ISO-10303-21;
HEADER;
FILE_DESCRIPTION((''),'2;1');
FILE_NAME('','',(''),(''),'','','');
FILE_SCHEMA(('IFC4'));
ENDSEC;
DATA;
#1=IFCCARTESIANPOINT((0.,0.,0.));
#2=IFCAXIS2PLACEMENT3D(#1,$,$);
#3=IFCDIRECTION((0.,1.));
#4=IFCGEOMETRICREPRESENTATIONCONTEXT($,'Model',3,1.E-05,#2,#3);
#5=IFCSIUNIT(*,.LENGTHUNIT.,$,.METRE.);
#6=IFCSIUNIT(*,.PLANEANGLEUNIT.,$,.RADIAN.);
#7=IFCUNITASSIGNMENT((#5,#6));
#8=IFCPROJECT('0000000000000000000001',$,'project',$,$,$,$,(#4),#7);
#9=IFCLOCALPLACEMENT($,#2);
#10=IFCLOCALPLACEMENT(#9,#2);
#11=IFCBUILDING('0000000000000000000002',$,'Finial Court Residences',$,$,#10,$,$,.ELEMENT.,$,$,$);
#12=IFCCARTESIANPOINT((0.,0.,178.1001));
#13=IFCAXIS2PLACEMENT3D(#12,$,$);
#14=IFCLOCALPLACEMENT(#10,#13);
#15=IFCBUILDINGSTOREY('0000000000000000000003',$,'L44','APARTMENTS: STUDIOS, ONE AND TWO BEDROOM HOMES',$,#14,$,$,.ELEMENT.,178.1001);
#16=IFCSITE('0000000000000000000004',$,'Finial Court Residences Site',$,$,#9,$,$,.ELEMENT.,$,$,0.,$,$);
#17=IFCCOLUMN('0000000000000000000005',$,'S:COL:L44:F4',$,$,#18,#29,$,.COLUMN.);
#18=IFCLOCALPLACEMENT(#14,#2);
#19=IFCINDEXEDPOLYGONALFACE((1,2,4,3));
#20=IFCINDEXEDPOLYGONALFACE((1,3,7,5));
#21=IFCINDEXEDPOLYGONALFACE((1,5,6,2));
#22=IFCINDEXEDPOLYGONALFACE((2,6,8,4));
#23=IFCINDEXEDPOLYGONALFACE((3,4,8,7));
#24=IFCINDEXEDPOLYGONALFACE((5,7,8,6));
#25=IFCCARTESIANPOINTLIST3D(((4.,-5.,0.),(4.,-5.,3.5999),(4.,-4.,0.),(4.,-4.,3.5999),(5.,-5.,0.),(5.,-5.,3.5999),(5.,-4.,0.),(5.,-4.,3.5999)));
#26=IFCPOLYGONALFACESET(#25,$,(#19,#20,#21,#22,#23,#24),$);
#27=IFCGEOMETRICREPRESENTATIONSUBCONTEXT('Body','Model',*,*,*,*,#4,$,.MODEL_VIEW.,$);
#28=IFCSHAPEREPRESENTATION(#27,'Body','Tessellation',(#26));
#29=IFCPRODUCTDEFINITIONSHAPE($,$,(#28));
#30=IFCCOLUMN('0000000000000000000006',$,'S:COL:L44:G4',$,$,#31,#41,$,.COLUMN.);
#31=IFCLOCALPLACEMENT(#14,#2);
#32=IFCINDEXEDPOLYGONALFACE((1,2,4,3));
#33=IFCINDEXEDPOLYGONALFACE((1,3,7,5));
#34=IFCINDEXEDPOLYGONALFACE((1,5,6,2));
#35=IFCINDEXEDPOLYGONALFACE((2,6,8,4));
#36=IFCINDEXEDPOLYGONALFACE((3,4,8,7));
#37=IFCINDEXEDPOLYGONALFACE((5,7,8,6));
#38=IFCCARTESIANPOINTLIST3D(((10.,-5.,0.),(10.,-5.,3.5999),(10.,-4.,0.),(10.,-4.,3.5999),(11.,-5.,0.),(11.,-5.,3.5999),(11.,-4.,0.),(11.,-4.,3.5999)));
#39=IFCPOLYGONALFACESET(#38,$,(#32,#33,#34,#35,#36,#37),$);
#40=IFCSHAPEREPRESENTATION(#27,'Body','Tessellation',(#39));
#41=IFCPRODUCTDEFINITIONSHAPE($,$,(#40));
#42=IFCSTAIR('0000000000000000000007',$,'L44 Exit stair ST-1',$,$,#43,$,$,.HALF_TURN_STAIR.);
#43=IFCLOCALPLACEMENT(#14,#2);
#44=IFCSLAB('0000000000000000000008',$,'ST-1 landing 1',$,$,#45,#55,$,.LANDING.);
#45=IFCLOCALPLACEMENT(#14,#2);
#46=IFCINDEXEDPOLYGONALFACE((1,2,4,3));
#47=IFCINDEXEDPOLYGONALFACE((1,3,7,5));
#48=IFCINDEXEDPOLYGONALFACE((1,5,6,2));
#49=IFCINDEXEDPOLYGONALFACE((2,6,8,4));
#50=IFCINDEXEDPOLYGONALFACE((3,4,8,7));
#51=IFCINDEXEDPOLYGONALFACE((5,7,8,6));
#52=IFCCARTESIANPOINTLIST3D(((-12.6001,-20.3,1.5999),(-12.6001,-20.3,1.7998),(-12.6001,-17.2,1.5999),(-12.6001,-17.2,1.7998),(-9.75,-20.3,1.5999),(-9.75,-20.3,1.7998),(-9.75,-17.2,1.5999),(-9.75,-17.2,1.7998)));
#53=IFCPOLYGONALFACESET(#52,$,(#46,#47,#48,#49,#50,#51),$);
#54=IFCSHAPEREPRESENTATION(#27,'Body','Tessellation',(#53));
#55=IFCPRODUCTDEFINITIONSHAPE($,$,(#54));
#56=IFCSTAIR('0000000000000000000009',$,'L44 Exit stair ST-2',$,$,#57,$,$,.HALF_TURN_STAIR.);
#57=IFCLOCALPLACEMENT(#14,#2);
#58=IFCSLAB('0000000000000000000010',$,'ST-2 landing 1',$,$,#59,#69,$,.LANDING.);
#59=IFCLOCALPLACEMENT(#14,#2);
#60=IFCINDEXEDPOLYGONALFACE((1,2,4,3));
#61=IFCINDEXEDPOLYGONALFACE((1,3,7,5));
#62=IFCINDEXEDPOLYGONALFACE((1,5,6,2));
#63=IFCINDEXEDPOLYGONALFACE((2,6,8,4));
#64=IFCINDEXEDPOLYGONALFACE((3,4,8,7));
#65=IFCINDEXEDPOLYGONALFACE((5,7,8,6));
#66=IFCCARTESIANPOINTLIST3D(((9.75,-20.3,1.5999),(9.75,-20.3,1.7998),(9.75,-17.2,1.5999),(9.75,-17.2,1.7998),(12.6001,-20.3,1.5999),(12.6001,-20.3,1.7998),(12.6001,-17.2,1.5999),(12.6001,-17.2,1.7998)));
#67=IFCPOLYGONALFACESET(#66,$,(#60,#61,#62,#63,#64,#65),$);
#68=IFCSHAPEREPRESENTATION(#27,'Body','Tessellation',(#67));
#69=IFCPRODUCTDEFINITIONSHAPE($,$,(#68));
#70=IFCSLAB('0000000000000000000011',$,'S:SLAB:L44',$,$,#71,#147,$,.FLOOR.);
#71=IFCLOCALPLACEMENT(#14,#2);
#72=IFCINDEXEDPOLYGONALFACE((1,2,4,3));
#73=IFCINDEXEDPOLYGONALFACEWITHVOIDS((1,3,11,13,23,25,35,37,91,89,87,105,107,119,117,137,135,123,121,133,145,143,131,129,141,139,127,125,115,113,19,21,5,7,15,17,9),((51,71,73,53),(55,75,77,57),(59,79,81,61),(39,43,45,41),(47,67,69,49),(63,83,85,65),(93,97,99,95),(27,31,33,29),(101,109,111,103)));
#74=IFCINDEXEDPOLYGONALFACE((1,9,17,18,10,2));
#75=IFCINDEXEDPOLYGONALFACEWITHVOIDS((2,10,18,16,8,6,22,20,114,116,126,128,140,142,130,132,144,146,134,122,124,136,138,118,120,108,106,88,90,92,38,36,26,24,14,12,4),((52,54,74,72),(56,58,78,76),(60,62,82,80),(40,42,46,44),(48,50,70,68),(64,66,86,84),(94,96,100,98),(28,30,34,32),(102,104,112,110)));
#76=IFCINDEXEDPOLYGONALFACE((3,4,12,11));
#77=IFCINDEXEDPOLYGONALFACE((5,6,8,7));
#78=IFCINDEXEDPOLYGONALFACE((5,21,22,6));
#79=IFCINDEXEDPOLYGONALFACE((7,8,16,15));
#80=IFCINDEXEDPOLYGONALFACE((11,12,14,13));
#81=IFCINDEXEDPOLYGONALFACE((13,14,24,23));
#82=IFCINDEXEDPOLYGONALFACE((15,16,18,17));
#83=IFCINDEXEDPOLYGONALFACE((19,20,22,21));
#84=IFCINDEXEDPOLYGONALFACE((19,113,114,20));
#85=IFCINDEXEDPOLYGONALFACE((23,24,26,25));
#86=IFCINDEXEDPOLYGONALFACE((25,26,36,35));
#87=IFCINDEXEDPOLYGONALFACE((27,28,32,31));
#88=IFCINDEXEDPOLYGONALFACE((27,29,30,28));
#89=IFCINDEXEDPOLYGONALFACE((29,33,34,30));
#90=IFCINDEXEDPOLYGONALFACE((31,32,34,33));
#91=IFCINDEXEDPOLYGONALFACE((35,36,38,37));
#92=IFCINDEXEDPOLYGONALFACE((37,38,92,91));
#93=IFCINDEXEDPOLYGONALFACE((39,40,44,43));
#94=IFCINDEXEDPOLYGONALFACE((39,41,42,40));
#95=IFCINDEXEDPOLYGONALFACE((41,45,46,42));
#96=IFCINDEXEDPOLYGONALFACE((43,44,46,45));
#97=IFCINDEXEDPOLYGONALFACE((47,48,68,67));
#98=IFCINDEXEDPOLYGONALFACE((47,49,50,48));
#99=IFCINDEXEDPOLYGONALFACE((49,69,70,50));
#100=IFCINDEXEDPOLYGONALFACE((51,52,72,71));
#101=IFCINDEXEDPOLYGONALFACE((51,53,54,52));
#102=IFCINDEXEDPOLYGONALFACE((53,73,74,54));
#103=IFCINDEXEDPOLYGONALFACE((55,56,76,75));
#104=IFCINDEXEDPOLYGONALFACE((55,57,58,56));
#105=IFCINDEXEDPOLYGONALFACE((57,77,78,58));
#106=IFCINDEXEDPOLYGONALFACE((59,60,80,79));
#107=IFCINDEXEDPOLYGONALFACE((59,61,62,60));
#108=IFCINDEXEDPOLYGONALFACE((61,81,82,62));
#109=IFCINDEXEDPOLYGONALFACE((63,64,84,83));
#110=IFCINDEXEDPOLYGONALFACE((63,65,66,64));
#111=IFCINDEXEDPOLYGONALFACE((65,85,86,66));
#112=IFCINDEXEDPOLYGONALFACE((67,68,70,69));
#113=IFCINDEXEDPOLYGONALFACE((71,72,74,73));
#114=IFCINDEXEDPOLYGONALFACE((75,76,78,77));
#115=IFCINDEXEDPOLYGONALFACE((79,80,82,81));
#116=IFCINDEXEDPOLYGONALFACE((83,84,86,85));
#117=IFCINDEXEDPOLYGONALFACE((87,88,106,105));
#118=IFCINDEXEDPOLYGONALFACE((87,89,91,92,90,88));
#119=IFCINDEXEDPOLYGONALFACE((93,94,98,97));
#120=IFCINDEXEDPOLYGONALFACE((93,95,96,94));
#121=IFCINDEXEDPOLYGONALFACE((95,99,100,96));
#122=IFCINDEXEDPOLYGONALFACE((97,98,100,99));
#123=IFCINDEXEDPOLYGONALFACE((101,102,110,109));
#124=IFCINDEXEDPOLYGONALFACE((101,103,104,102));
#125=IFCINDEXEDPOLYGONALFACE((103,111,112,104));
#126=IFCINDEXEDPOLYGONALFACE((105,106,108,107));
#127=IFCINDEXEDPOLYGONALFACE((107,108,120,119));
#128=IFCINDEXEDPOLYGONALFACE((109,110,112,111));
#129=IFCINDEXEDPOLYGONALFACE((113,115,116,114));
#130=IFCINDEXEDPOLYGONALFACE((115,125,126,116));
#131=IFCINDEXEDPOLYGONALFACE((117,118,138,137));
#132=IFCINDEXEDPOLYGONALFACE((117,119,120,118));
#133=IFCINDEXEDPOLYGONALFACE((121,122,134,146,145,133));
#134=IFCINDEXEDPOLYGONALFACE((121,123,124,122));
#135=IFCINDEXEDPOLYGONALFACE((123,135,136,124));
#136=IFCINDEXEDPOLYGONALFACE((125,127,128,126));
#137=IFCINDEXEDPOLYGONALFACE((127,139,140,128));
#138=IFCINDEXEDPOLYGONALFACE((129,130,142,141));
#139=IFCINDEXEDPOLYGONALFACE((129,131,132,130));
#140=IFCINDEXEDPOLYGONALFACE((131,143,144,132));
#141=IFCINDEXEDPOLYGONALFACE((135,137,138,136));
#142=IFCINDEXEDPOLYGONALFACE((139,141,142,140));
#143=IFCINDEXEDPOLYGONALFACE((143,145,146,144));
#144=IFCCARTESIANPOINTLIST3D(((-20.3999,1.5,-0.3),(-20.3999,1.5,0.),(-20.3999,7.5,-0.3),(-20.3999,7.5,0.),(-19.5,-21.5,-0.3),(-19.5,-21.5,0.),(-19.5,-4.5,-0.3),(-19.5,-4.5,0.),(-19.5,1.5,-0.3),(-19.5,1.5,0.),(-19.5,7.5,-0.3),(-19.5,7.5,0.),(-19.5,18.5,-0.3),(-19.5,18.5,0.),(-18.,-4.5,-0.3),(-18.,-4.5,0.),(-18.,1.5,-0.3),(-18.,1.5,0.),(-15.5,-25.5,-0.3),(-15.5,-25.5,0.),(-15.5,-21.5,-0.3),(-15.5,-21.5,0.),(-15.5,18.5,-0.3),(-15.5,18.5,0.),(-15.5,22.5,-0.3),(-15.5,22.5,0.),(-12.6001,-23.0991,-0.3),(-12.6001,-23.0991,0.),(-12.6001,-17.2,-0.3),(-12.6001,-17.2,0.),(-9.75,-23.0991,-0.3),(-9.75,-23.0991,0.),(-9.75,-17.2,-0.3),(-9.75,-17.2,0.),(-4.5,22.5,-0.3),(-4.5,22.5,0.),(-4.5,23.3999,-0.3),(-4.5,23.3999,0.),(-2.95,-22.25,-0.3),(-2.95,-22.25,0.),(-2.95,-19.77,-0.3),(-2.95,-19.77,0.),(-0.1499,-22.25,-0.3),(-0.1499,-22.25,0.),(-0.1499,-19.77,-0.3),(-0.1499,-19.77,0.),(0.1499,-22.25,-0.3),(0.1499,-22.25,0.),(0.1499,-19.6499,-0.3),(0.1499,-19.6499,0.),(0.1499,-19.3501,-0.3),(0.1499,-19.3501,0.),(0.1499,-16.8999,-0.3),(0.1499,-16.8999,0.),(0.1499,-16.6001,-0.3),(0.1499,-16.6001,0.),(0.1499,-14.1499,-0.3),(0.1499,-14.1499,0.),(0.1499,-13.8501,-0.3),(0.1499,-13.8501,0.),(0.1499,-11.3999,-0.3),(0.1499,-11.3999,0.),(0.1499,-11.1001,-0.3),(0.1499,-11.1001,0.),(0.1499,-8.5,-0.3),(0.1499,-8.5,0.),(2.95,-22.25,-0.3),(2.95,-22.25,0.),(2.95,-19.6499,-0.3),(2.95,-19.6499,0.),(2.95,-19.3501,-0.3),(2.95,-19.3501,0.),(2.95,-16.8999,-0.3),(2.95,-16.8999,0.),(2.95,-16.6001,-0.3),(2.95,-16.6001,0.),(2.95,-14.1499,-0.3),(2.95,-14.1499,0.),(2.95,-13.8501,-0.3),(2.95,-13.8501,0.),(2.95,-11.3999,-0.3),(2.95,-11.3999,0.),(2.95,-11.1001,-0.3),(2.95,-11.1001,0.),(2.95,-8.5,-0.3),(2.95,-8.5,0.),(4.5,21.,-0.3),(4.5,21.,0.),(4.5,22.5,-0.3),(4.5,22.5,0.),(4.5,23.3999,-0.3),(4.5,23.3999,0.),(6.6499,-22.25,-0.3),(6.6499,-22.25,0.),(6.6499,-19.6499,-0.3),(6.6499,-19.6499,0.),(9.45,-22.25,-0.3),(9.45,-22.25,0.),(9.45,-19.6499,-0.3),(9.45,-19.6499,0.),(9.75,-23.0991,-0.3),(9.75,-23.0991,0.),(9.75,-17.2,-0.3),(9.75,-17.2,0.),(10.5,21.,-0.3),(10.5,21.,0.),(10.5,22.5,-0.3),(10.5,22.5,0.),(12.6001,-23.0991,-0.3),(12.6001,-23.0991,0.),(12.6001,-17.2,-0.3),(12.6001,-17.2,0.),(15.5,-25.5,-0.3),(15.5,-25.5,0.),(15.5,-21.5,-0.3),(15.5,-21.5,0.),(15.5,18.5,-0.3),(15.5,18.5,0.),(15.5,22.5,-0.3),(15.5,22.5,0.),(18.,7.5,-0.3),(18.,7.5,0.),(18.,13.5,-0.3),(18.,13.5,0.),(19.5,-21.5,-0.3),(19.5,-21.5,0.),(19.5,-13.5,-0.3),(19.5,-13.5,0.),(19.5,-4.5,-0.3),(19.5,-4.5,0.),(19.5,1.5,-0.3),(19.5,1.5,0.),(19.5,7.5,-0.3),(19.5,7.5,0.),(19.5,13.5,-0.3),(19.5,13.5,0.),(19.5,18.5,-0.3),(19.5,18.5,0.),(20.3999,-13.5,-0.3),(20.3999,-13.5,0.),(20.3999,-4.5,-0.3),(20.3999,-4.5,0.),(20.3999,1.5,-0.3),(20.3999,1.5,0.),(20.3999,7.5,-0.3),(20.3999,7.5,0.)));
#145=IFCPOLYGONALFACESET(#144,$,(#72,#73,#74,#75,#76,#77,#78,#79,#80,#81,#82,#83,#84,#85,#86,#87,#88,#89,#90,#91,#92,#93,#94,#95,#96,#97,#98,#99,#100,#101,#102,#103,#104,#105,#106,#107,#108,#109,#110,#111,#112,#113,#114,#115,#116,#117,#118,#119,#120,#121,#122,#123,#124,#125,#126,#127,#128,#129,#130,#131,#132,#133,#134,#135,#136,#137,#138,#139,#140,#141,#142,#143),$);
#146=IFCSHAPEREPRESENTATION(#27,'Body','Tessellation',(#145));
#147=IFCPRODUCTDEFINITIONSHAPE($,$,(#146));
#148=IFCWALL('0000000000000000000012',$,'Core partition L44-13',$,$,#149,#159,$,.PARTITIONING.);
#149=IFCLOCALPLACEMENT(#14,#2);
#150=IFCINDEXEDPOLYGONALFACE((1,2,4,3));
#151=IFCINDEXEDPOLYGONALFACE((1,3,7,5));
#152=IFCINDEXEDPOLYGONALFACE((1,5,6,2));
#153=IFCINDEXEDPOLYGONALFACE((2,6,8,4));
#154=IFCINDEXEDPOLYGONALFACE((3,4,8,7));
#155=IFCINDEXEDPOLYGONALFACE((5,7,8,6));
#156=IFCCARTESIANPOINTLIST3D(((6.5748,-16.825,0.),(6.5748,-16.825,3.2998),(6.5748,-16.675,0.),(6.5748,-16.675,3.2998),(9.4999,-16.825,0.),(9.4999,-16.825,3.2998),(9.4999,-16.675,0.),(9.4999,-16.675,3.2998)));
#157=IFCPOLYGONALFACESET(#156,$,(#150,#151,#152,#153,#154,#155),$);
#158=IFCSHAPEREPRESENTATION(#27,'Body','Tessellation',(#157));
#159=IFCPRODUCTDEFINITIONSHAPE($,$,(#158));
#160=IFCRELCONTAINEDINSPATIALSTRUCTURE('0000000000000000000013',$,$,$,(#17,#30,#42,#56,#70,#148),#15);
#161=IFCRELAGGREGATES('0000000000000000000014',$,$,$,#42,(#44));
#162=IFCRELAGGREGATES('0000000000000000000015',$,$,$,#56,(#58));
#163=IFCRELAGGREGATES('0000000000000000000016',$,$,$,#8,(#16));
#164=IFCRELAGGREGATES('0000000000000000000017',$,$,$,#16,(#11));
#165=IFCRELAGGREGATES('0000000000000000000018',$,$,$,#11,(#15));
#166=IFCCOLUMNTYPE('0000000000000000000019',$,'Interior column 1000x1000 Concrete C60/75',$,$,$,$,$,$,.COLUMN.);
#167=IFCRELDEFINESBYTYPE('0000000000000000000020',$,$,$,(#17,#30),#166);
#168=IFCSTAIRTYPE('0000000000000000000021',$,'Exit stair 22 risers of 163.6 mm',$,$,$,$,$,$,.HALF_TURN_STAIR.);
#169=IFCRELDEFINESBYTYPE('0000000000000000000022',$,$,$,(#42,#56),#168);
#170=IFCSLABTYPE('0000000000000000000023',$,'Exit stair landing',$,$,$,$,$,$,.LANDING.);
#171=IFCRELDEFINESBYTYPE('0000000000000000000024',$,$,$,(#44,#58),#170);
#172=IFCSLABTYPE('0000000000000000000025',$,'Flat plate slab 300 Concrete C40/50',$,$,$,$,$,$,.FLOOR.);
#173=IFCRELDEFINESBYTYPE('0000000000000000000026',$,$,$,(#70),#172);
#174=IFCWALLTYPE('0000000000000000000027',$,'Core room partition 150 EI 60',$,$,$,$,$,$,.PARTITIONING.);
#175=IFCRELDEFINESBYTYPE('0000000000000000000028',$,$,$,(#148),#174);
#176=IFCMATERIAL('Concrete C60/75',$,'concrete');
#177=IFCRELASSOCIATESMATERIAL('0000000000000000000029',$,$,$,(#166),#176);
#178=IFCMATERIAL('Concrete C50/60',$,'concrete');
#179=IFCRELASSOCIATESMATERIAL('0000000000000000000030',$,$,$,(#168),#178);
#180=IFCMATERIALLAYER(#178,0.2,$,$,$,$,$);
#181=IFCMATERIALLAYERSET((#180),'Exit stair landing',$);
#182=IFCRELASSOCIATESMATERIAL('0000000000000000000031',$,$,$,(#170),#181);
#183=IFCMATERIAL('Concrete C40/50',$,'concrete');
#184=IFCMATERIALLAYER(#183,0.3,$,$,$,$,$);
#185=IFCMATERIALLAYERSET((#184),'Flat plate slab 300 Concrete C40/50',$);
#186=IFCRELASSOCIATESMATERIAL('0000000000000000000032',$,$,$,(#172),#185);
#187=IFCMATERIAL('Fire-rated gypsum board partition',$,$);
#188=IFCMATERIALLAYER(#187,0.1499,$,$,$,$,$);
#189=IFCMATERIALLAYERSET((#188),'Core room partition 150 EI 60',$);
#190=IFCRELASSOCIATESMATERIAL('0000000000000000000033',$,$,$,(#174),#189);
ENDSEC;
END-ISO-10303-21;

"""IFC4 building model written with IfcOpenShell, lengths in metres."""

from ifc_helpers import new_model, si_unit, direction, frame, frame_2d, origin, origin_2d, place, context, subcontext, project, spatial, polyline, rectangle, outline, extrude, material, layer, layer_set, material_profile, profile_set, type_object, element, aggregate, save


model = new_model("IFC4")

# Units and contexts
model_context = context("Model", 3, precision=1e-05, world=origin(), true_north=direction((0.0, 1.0)))
body_context = subcontext(model_context, "Body", "Model", "MODEL_VIEW")
ifc_project = project(units=[si_unit("LENGTHUNIT", "METRE"), si_unit("PLANEANGLEUNIT", "RADIAN")], contexts=[model_context])

# Site, building, storey
site_placement = place(None, origin())
site = spatial("IfcSite", under=ifc_project, at=site_placement, Name="Finial Court Residences Site", CompositionType="ELEMENT", RefElevation=0.0)
building_placement = place(site_placement, origin())
building = spatial("IfcBuilding", under=site, at=building_placement, Name="Finial Court Residences", CompositionType="ELEMENT")
storey_placement = place(building_placement, frame((0.0, 0.0, 178.1001)))
storey = spatial("IfcBuildingStorey", under=building, at=storey_placement, Name="L44", Description="APARTMENTS: STUDIOS, ONE AND TWO BEDROOM HOMES", CompositionType="ELEMENT", Elevation=178.1001)

# Columns
ifc_material_1 = material(Name="Concrete C60/75", Category="concrete")
ifc_material_profile = material_profile(ifc_material_1, rectangle(XDim=1.0, YDim=1.0, at=origin_2d()), Name="1000x1000")
ifc_profile_set = profile_set([ifc_material_profile], Name="Concrete C60/75")
column_type = type_object("IfcColumnType", Name="Interior column 1000x1000 Concrete C60/75", PredefinedType="COLUMN", material=ifc_profile_set)
for number, where, z_axis, x_axis, name in (
    (1, (4.5, -4.5, 0.0), (0.0, 0.0, 1.0), (1.0, 0.0, 0.0), "S:COL:L44:F4"),
    (2, (10.5, -4.5, 0.0), (0.0, 0.0, 1.0), (1.0, 0.0, 0.0), "S:COL:L44:G4"),
):
    element("IfcColumn", number, at=place(storey_placement, frame(where, z_axis=z_axis, x_axis=x_axis)), inside=storey, type_object=column_type, Name=name, PredefinedType="COLUMN", context=body_context, shape_type="SweptSolid", body=[
        extrude(rectangle(XDim=1.0, YDim=1.0, at=origin_2d()), origin(), (0.0, 0.0, 1.0), 3.5999),
    ])

# Stairs, slabs
ifc_material_2 = material(Name="Concrete C50/60", Category="concrete")
stair_type = type_object("IfcStairType", Name="Exit stair 22 risers of 163.6 mm", PredefinedType="HALF_TURN_STAIR", material=ifc_material_2)
stair_1_placement = place(storey_placement, origin())
stair_1 = element("IfcStair", 3, at=stair_1_placement, inside=storey, type_object=stair_type, Name="L44 Exit stair ST-1", PredefinedType="HALF_TURN_STAIR")
ifc_layer_1 = layer(ifc_material_2, 0.2)
ifc_layer_set_1 = layer_set([ifc_layer_1], Name="Exit stair landing")
slab_type_1 = type_object("IfcSlabType", Name="Exit stair landing", PredefinedType="LANDING", material=ifc_layer_set_1)
slab_1_placement = place(storey_placement, frame((0.0, 0.0, 1.5999)))
slab_1 = element("IfcSlab", 4, at=slab_1_placement, type_object=slab_type_1, Name="ST-1 landing 1", PredefinedType="LANDING", context=body_context, shape_type="SweptSolid", body=[
    extrude(outline(polyline([(-9.75, -20.3), (-9.75, -17.2), (-12.6001, -17.2), (-12.6001, -20.3), (-9.75, -20.3)])), origin(), (0.0, 0.0, 1.0), 0.2),
])
aggregate(stair_1, [slab_1])
stair_2_placement = place(storey_placement, origin())
stair_2 = element("IfcStair", 5, at=stair_2_placement, inside=storey, type_object=stair_type, Name="L44 Exit stair ST-2", PredefinedType="HALF_TURN_STAIR")
slab_2_placement = place(storey_placement, frame((0.0, 0.0, 1.5999)))
slab_2 = element("IfcSlab", 6, at=slab_2_placement, type_object=slab_type_1, Name="ST-2 landing 1", PredefinedType="LANDING", context=body_context, shape_type="SweptSolid", body=[
    extrude(outline(polyline([(12.6001, -20.3), (12.6001, -17.2), (9.75, -17.2), (9.75, -20.3), (12.6001, -20.3)])), origin(), (0.0, 0.0, 1.0), 0.2),
])
aggregate(stair_2, [slab_2])

# Slab
ifc_material_3 = material(Name="Concrete C40/50", Category="concrete")
ifc_layer_2 = layer(ifc_material_3, 0.3)
ifc_layer_set_2 = layer_set([ifc_layer_2], Name="Flat plate slab 300 Concrete C40/50")
slab_type_2 = type_object("IfcSlabType", Name="Flat plate slab 300 Concrete C40/50", PredefinedType="FLOOR", material=ifc_layer_set_2)
slab_3_placement = place(storey_placement, frame((0.0, 0.0, -0.3)))
element("IfcSlab", 7, at=slab_3_placement, inside=storey, type_object=slab_type_2, Name="S:SLAB:L44", PredefinedType="FLOOR", context=body_context, shape_type="SweptSolid", body=[
    extrude(outline(polyline([(19.5, -21.5), (15.5, -21.5), (15.5, -25.5), (-15.5, -25.5), (-15.5, -21.5), (-19.5, -21.5), (-19.5, -4.5), (-18.0, -4.5), (-18.0, 1.5), (-19.5, 1.5), (-20.3999, 1.5), (-20.3999, 7.5), (-19.5, 7.5), (-19.5, 18.5), (-15.5, 18.5), (-15.5, 22.5), (-4.5, 22.5), (-4.5, 23.3999), (4.5, 23.3999), (4.5, 22.5), (4.5, 21.0), (10.5, 21.0), (10.5, 22.5), (15.5, 22.5), (15.5, 18.5), (19.5, 18.5), (19.5, 13.5), (18.0, 13.5), (18.0, 7.5), (19.5, 7.5), (20.3999, 7.5), (20.3999, 1.5), (19.5, 1.5), (19.5, -4.5), (20.3999, -4.5), (20.3999, -13.5), (19.5, -13.5), (19.5, -21.5)]), holes=[polyline([(-0.1499, -19.77), (-2.95, -19.77), (-2.95, -22.25), (-0.1499, -22.25), (-0.1499, -19.77)]), polyline([(2.95, -19.6499), (0.1499, -19.6499), (0.1499, -22.25), (2.95, -22.25), (2.95, -19.6499)]), polyline([(9.45, -19.6499), (6.6499, -19.6499), (6.6499, -22.25), (9.45, -22.25), (9.45, -19.6499)]), polyline([(-12.6001, -17.2), (-12.6001, -23.0991), (-9.75, -23.0991), (-9.75, -17.2), (-12.6001, -17.2)]), polyline([(9.75, -17.2), (9.75, -23.0991), (12.6001, -23.0991), (12.6001, -17.2), (9.75, -17.2)]), polyline([(2.95, -16.8999), (0.1499, -16.8999), (0.1499, -19.3501), (2.95, -19.3501), (2.95, -16.8999)]), polyline([(2.95, -14.1499), (0.1499, -14.1499), (0.1499, -16.6001), (2.95, -16.6001), (2.95, -14.1499)]), polyline([(2.95, -13.8501), (2.95, -11.3999), (0.1499, -11.3999), (0.1499, -13.8501), (2.95, -13.8501)]), polyline([(2.95, -11.1001), (2.95, -8.5), (0.1499, -8.5), (0.1499, -11.1001), (2.95, -11.1001)])]), origin(), (0.0, 0.0, 1.0), 0.3),
])

# Wall
ifc_material_4 = material(Name="Fire-rated gypsum board partition")
ifc_layer_3 = layer(ifc_material_4, 0.1499)
ifc_layer_set_3 = layer_set([ifc_layer_3], Name="Core room partition 150 EI 60")
wall_type_1 = type_object("IfcWallType", Name="Core room partition 150 EI 60", PredefinedType="PARTITIONING", material=ifc_layer_set_3)
wall_1_placement = place(storey_placement, frame((6.575, -16.75, 0.0), z_axis=(0.0, 0.0, 1.0), x_axis=(1.0, 0.0, 0.0)))
element("IfcWall", 8, at=wall_1_placement, inside=storey, type_object=wall_type_1, Name="Core partition L44-13", PredefinedType="PARTITIONING", context=body_context, shape_type="SweptSolid", body=[
    extrude(rectangle(XDim=2.925, YDim=0.1499, at=frame_2d((1.4624, 0.0))), origin(), (0.0, 0.0, 1.0), 3.2998),
])

save(model, "model.ifc")
